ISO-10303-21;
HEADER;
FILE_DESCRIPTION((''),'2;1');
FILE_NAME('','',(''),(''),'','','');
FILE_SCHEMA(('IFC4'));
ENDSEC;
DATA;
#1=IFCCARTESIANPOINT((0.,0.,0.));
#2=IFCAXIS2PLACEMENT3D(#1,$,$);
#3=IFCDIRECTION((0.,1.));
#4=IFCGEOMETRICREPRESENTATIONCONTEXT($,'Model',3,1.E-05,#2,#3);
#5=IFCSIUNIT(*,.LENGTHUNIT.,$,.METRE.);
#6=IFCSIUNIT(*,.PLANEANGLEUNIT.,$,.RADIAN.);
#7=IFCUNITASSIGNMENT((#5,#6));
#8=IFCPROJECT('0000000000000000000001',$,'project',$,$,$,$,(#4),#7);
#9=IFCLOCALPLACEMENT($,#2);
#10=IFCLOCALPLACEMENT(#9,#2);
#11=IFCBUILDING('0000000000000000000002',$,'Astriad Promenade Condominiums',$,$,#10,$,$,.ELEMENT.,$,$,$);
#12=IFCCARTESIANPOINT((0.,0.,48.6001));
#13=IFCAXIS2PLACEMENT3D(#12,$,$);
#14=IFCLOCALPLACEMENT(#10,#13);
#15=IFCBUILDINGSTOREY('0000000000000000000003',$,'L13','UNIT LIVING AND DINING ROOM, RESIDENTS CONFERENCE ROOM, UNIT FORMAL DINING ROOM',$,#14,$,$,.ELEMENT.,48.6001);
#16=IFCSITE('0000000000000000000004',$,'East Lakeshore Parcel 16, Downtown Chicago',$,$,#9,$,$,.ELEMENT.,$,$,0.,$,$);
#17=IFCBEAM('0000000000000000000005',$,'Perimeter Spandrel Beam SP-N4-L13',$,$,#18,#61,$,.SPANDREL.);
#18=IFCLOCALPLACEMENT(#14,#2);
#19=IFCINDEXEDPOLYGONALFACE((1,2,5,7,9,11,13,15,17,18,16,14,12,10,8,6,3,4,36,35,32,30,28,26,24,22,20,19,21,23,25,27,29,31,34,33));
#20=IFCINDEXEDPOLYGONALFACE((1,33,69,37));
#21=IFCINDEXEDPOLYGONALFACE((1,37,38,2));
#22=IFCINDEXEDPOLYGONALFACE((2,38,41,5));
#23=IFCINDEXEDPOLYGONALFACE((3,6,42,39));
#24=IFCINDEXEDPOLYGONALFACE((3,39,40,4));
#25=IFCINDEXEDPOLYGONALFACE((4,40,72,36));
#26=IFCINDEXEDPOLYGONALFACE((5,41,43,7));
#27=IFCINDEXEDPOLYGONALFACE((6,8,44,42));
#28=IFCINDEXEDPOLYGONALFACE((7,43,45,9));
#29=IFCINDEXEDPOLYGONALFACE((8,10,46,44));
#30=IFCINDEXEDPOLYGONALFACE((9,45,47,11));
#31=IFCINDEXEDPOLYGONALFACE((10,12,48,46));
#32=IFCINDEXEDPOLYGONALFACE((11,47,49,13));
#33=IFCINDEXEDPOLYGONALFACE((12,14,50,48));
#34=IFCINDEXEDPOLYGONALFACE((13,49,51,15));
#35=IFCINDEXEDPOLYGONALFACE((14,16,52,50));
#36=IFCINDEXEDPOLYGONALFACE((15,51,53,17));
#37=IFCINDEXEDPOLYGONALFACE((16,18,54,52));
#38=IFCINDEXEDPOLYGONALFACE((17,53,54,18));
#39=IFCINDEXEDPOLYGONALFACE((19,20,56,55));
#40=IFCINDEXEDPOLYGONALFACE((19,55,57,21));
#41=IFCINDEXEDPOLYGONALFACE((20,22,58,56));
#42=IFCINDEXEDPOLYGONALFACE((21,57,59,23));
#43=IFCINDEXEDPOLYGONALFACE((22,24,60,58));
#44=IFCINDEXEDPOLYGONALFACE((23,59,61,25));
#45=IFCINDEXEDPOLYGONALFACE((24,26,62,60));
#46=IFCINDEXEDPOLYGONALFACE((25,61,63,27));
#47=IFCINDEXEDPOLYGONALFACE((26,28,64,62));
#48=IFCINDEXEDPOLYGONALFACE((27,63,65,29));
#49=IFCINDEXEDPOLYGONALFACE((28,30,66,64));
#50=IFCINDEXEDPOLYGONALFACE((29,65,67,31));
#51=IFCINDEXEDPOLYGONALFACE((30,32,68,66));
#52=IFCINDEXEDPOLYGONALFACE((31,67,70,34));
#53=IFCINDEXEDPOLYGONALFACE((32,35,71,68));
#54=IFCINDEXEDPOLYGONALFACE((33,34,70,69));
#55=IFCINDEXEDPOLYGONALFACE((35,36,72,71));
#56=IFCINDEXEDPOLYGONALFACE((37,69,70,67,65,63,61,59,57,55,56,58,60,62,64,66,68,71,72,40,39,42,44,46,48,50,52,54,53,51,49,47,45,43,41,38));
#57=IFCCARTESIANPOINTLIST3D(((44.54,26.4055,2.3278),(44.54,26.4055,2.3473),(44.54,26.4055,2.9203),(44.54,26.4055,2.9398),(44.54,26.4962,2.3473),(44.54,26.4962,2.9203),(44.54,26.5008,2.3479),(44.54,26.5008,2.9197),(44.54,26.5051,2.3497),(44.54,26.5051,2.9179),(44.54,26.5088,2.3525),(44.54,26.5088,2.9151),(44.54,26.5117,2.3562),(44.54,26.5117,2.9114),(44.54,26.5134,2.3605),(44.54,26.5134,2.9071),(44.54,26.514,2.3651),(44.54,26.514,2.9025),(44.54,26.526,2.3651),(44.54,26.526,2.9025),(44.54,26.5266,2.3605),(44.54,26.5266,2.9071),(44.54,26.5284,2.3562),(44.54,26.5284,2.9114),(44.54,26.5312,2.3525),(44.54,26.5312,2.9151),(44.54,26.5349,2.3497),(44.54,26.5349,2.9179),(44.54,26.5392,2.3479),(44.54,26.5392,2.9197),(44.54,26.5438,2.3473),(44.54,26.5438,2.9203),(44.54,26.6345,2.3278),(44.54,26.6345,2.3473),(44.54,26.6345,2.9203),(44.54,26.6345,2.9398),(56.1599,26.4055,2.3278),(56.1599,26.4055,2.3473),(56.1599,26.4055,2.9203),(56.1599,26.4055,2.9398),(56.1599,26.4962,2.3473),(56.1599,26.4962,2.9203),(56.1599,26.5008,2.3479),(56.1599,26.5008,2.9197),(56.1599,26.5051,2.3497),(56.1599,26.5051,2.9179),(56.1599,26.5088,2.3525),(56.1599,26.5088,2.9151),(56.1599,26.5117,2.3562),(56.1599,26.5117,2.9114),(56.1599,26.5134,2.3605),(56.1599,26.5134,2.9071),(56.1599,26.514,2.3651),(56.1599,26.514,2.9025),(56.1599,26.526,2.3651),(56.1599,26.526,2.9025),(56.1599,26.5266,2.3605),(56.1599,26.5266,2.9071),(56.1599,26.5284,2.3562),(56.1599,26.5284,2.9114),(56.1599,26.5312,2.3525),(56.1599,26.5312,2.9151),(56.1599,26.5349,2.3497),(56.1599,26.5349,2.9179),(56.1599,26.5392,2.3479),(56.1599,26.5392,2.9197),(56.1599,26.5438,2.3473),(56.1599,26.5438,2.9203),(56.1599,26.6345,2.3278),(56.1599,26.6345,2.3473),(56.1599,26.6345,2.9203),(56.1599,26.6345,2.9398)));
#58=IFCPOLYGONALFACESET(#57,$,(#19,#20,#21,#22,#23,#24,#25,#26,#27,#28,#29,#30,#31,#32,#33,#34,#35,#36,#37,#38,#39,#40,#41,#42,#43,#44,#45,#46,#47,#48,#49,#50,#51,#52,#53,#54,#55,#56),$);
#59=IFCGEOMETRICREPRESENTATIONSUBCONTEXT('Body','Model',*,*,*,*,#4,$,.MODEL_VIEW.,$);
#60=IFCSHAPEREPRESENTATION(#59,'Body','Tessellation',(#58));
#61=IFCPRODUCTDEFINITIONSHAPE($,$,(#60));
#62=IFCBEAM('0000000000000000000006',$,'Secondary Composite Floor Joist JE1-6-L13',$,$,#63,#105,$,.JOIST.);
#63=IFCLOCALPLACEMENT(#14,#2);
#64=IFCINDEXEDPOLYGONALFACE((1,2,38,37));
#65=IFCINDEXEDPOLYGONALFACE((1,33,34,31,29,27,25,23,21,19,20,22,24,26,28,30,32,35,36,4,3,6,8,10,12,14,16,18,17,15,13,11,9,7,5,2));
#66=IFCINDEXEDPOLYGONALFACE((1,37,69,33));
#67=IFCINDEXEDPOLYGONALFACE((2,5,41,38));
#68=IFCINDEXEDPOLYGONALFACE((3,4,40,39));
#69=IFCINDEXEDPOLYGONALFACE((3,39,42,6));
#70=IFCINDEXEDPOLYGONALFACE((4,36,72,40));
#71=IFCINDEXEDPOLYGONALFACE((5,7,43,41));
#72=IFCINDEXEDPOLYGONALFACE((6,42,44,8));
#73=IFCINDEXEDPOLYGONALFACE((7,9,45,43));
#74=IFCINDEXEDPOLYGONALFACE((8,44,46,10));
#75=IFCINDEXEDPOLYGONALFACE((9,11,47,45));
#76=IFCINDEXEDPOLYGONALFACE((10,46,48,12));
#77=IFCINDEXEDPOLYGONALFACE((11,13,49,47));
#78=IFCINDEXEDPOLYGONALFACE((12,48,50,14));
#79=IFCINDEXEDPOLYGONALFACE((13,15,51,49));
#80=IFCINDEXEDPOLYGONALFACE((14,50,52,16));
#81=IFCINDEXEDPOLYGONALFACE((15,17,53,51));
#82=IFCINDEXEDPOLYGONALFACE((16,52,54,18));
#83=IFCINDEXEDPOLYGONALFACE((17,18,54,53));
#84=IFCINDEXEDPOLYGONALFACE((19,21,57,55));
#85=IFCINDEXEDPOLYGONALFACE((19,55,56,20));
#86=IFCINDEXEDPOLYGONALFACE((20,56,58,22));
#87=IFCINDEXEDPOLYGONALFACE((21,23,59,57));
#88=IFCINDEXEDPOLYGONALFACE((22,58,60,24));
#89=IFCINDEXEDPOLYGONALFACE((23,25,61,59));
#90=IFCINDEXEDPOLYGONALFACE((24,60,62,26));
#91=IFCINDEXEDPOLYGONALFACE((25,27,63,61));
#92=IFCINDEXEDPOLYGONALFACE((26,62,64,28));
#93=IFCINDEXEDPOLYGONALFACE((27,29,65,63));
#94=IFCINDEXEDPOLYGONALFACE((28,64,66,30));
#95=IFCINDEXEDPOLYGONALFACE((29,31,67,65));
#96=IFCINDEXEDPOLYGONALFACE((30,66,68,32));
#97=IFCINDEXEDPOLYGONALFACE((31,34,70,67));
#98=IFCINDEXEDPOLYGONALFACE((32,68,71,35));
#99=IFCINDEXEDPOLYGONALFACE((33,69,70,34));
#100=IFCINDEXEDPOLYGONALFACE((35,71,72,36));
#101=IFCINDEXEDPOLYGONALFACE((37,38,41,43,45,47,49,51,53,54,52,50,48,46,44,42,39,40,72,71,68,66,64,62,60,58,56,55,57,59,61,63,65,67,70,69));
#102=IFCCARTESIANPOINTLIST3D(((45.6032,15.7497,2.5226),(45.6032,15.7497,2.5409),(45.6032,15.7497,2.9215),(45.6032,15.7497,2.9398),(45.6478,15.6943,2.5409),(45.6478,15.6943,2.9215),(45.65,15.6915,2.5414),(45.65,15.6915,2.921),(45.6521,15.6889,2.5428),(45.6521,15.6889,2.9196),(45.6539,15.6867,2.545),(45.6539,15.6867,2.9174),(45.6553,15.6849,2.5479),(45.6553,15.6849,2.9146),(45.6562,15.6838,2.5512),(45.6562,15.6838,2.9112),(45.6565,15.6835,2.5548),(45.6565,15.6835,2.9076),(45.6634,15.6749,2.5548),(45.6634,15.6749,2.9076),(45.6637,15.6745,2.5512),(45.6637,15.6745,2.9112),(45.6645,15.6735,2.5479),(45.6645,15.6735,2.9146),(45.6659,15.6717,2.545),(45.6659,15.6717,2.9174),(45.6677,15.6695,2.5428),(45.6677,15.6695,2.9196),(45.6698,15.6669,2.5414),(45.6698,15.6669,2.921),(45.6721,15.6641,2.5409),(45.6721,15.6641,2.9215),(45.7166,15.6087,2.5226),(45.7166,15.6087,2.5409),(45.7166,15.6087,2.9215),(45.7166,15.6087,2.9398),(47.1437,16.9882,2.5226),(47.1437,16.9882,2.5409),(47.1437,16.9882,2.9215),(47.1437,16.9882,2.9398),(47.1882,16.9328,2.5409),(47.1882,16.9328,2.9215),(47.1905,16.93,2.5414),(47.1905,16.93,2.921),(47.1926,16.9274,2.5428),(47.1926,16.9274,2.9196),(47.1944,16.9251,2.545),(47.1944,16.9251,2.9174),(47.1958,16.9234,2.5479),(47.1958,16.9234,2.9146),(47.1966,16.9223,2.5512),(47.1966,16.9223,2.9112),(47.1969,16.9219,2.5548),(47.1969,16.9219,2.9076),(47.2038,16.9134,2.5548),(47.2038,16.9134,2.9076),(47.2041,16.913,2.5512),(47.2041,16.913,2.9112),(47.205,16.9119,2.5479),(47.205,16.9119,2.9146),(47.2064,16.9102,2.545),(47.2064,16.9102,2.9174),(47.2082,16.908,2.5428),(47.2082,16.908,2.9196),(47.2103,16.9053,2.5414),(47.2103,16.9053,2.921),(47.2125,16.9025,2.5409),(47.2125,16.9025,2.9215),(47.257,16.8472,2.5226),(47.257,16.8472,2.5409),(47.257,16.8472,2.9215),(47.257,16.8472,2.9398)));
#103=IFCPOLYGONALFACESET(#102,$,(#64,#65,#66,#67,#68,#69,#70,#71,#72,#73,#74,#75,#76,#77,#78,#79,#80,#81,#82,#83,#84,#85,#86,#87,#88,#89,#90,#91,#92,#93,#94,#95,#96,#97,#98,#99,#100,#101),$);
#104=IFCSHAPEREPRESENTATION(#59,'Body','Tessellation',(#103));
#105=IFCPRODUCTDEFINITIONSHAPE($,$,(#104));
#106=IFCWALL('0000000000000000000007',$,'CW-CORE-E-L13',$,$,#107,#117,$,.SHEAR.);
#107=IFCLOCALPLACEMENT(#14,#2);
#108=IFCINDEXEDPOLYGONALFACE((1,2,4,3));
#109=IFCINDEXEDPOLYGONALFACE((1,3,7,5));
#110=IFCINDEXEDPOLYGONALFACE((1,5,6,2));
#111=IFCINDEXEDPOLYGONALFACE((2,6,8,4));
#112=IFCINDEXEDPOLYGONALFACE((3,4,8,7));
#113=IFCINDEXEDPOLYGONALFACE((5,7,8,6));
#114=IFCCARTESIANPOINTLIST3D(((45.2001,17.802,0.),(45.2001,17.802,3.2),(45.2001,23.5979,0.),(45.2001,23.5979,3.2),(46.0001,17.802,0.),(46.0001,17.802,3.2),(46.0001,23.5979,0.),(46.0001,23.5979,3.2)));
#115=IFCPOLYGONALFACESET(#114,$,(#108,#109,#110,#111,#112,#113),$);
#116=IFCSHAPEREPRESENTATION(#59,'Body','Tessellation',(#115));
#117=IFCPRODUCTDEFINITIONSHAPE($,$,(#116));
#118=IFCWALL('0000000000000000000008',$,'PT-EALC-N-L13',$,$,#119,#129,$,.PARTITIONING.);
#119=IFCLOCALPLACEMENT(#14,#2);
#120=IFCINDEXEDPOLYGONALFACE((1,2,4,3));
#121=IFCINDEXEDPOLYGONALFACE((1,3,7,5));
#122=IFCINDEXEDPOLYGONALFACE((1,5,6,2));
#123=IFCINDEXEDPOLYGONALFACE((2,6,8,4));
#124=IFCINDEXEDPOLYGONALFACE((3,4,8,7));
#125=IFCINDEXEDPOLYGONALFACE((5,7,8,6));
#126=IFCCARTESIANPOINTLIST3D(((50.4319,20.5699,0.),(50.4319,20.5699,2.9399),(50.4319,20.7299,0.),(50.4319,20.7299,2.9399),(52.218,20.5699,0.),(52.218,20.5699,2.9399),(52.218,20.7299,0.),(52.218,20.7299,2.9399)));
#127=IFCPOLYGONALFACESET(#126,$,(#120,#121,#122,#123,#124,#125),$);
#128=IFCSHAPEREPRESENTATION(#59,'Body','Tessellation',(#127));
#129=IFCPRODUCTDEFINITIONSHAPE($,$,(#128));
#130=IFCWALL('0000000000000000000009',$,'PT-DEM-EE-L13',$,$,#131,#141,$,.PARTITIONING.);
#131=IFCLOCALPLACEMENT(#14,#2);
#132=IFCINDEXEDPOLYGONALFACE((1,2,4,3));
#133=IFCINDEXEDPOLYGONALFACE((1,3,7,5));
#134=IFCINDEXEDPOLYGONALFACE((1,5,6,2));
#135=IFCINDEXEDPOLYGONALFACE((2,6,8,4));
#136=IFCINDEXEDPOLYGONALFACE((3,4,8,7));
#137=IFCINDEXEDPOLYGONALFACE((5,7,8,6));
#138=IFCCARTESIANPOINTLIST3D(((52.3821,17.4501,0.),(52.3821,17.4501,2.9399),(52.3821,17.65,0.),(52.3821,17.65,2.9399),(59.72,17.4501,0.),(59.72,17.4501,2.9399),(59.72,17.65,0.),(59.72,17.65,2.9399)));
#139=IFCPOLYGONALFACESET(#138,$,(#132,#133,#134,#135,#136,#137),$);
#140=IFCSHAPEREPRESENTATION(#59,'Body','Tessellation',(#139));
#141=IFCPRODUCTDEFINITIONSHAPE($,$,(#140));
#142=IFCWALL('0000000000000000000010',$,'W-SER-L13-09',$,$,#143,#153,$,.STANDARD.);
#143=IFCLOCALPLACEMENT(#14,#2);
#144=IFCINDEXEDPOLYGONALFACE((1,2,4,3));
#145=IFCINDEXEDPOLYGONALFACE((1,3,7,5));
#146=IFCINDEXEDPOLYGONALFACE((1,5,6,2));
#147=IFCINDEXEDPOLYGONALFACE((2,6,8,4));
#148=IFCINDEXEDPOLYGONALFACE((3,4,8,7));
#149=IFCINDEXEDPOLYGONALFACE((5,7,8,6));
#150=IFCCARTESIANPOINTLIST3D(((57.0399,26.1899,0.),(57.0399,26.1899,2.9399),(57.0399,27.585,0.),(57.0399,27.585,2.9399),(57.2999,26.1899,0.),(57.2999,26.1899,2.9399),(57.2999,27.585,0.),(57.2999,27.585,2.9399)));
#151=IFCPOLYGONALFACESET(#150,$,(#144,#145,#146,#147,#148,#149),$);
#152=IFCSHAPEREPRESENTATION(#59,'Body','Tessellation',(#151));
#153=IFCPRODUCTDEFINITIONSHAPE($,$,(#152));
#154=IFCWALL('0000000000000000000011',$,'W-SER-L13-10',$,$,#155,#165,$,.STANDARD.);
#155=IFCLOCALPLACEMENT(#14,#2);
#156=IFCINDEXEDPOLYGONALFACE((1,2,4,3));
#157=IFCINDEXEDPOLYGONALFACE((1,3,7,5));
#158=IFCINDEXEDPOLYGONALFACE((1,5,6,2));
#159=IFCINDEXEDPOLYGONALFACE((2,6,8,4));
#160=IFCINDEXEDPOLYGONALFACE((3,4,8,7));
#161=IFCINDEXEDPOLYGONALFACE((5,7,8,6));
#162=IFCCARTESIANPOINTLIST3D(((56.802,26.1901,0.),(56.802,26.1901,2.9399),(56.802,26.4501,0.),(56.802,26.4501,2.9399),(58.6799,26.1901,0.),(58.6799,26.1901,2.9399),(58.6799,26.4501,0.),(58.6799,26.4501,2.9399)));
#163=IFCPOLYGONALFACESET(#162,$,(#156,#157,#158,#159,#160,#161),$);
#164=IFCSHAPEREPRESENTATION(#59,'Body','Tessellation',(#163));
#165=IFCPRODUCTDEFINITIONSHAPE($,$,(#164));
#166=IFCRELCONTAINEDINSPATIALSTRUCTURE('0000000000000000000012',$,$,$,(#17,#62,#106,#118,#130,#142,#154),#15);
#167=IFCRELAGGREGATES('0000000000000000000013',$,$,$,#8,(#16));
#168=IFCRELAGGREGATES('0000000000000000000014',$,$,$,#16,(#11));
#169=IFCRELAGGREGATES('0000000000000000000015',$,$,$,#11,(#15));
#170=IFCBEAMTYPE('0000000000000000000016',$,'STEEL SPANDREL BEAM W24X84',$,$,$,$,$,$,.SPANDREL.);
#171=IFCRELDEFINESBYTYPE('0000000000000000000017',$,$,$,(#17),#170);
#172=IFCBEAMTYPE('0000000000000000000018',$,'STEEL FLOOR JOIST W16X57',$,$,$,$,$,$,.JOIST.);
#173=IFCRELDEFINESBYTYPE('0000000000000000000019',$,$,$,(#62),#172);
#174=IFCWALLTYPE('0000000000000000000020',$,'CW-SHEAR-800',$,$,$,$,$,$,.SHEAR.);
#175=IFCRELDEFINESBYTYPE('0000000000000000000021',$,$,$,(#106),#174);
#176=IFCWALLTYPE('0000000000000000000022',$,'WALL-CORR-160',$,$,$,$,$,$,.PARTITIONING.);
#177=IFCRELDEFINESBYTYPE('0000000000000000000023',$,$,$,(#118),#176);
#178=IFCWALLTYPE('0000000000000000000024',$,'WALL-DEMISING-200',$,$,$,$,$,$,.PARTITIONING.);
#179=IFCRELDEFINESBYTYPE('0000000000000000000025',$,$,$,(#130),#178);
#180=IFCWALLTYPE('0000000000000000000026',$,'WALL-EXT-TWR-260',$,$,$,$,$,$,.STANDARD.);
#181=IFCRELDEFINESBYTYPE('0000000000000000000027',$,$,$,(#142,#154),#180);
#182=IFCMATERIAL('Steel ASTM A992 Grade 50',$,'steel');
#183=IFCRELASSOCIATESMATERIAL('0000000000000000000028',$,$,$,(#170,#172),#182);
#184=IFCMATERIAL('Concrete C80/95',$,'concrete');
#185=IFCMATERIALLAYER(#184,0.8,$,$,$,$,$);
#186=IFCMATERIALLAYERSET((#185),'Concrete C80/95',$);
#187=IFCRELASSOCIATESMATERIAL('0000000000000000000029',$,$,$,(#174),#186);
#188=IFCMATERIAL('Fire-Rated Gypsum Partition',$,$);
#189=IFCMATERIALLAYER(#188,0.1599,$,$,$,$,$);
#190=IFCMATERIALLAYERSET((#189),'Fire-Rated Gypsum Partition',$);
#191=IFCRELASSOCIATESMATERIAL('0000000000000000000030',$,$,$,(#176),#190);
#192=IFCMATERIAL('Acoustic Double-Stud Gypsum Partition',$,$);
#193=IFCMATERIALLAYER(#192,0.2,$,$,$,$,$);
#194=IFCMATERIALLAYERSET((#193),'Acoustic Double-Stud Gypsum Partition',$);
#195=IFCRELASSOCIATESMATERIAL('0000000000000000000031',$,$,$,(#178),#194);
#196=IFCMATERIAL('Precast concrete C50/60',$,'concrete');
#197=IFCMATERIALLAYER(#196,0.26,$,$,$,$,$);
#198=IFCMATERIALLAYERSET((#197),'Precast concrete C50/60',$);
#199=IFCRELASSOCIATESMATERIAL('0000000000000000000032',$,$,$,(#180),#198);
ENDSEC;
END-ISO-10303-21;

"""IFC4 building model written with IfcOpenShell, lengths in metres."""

from ifc_helpers import new_model, si_unit, direction, frame, frame_2d, origin, origin_2d, place, context, subcontext, project, spatial, rectangle, i_section, extrude, source, transform, mapped, material, layer, layer_set, material_profile, profile_set, type_object, type_shapes, element, save


model = new_model("IFC4")

# Units and contexts
model_context = context("Model", 3, precision=1e-05, world=origin(), true_north=direction((0.0, 1.0)))
body_context = subcontext(model_context, "Body", "Model", "MODEL_VIEW")
ifc_project = project(units=[si_unit("LENGTHUNIT", "METRE"), si_unit("PLANEANGLEUNIT", "RADIAN")], contexts=[model_context])

# Site, building, storey
site_placement = place(None, origin())
site = spatial("IfcSite", under=ifc_project, at=site_placement, Name="East Lakeshore Parcel 16, Downtown Chicago", CompositionType="ELEMENT", RefElevation=0.0)
building_placement = place(site_placement, origin())
building = spatial("IfcBuilding", under=site, at=building_placement, Name="Astriad Promenade Condominiums", CompositionType="ELEMENT")
storey_placement = place(building_placement, frame((0.0, 0.0, 48.6001)))
storey = spatial("IfcBuildingStorey", under=building, at=storey_placement, Name="L13", Description="UNIT LIVING AND DINING ROOM, RESIDENTS CONFERENCE ROOM, UNIT FORMAL DINING ROOM", CompositionType="ELEMENT", Elevation=48.6001)

# Shared definitions
ifc_material_1 = material(Name="Steel ASTM A992 Grade 50", Category="steel")
ifc_material_2 = material(Name="Concrete C80/95", Category="concrete")

# Beams
ifc_material_profile_1 = material_profile(ifc_material_1, i_section(OverallWidth=0.229, OverallDepth=0.6121, WebThickness=0.012, FlangeThickness=0.0195, FilletRadius=0.0178, at=origin_2d()), Name="W24X84")
ifc_profile_set_1 = profile_set([ifc_material_profile_1], Name="Steel ASTM A992 Grade 50")
beam_type_1 = type_object("IfcBeamType", Name="STEEL SPANDREL BEAM W24X84", PredefinedType="SPANDREL", material=ifc_profile_set_1)
shared_shape_1 = source(origin(), body_context, "Body", "SweptSolid", [
    extrude(i_section(OverallWidth=0.229, OverallDepth=0.6121, WebThickness=0.012, FlangeThickness=0.0195, FilletRadius=0.0178, at=origin_2d()), origin(), (0.0, 0.0, 1.0), 11.6199),
])
type_shapes(beam_type_1, [shared_shape_1])
beam_1_placement = place(storey_placement, frame((56.1599, 26.52, 2.6338), z_axis=(-1.0, 0.0, 0.0), x_axis=(0.0, -1.0, 0.0)))
element("IfcBeam", 1, at=beam_1_placement, inside=storey, type_object=beam_type_1, Name="Perimeter Spandrel Beam SP-N4-L13", PredefinedType="SPANDREL", context=body_context, shape_type="MappedRepresentation", body=[
    mapped(shared_shape_1, transform((0.0, 0.0, 0.0), scale=1.0)),
])
ifc_material_profile_2 = material_profile(ifc_material_1, i_section(OverallWidth=0.1809, OverallDepth=0.4172, WebThickness=0.011, FlangeThickness=0.0183, FilletRadius=0.0139, at=origin_2d()), Name="W16X57")
ifc_profile_set_2 = profile_set([ifc_material_profile_2], Name="Steel ASTM A992 Grade 50")
beam_type_2 = type_object("IfcBeamType", Name="STEEL FLOOR JOIST W16X57", PredefinedType="JOIST", material=ifc_profile_set_2)
shared_shape_2 = source(origin(), body_context, "Body", "SweptSolid", [
    extrude(i_section(OverallWidth=0.1809, OverallDepth=0.4172, WebThickness=0.011, FlangeThickness=0.0183, FilletRadius=0.0139, at=origin_2d()), origin(), (0.0, 0.0, 1.0), 1.9766),
])
type_shapes(beam_type_2, [shared_shape_2])
beam_2_placement = place(storey_placement, frame((45.6599, 15.6792, 2.7312), z_axis=(0.77936, 0.626576, 0.0), x_axis=(-0.626576, 0.77936, 0.0)))
element("IfcBeam", 2, at=beam_2_placement, inside=storey, type_object=beam_type_2, Name="Secondary Composite Floor Joist JE1-6-L13", PredefinedType="JOIST", context=body_context, shape_type="MappedRepresentation", body=[
    mapped(shared_shape_2, transform((0.0, 0.0, 0.0), scale=1.0)),
])

# Walls
ifc_layer_1 = layer(ifc_material_2, 0.8)
ifc_layer_set_1 = layer_set([ifc_layer_1], Name="Concrete C80/95")
wall_type_1 = type_object("IfcWallType", Name="CW-SHEAR-800", PredefinedType="SHEAR", material=ifc_layer_set_1)
wall_1_placement = place(storey_placement, frame((45.6001, 17.802, 0.0), z_axis=(0.0, 0.0, 1.0), x_axis=(0.0, 1.0, 0.0)))
element("IfcWall", 3, at=wall_1_placement, inside=storey, type_object=wall_type_1, Name="CW-CORE-E-L13", PredefinedType="SHEAR", context=body_context, shape_type="SweptSolid", body=[
    extrude(rectangle(XDim=5.7959, YDim=0.8, at=frame_2d((2.8979, 0.0))), origin(), (0.0, 0.0, 1.0), 3.2),
])
ifc_material_3 = material(Name="Fire-Rated Gypsum Partition")
ifc_layer_2 = layer(ifc_material_3, 0.1599)
ifc_layer_set_2 = layer_set([ifc_layer_2], Name="Fire-Rated Gypsum Partition")
wall_type_2 = type_object("IfcWallType", Name="WALL-CORR-160", PredefinedType="PARTITIONING", material=ifc_layer_set_2)
wall_2_placement = place(storey_placement, frame((50.4319, 20.6499, 0.0), z_axis=(0.0, 0.0, 1.0), x_axis=(1.0, 0.0, 0.0)))
element("IfcWall", 4, at=wall_2_placement, inside=storey, type_object=wall_type_2, Name="PT-EALC-N-L13", PredefinedType="PARTITIONING", context=body_context, shape_type="SweptSolid", body=[
    extrude(rectangle(XDim=1.7861, YDim=0.1599, at=frame_2d((0.8931, 0.0))), origin(), (0.0, 0.0, 1.0), 2.9399),
])
ifc_material_4 = material(Name="Acoustic Double-Stud Gypsum Partition")
ifc_layer_3 = layer(ifc_material_4, 0.2)
ifc_layer_set_3 = layer_set([ifc_layer_3], Name="Acoustic Double-Stud Gypsum Partition")
wall_type_3 = type_object("IfcWallType", Name="WALL-DEMISING-200", PredefinedType="PARTITIONING", material=ifc_layer_set_3)
wall_3_placement = place(storey_placement, frame((52.3821, 17.55, 0.0), z_axis=(0.0, 0.0, 1.0), x_axis=(1.0, 0.0, 0.0)))
element("IfcWall", 5, at=wall_3_placement, inside=storey, type_object=wall_type_3, Name="PT-DEM-EE-L13", PredefinedType="PARTITIONING", context=body_context, shape_type="SweptSolid", body=[
    extrude(rectangle(XDim=7.3379, YDim=0.2, at=frame_2d((3.6689, 0.0))), origin(), (0.0, 0.0, 1.0), 2.9399),
])
ifc_material_5 = material(Name="Precast concrete C50/60", Category="concrete")
ifc_layer_4 = layer(ifc_material_5, 0.26)
ifc_layer_set_4 = layer_set([ifc_layer_4], Name="Precast concrete C50/60")
wall_type_4 = type_object("IfcWallType", Name="WALL-EXT-TWR-260", PredefinedType="STANDARD", material=ifc_layer_set_4)
wall_4_placement = place(storey_placement, frame((57.1699, 27.585, 0.0), z_axis=(0.0, 0.0, 1.0), x_axis=(0.0, -1.0, 0.0)))
element("IfcWall", 6, at=wall_4_placement, inside=storey, type_object=wall_type_4, Name="W-SER-L13-09", PredefinedType="STANDARD", context=body_context, shape_type="SweptSolid", body=[
    extrude(rectangle(XDim=1.395, YDim=0.26, at=frame_2d((0.6975, 0.0))), origin(), (0.0, 0.0, 1.0), 2.9399),
])
wall_5_placement = place(storey_placement, frame((56.802, 26.3201, 0.0), z_axis=(0.0, 0.0, 1.0), x_axis=(1.0, 0.0, 0.0)))
element("IfcWall", 7, at=wall_5_placement, inside=storey, type_object=wall_type_4, Name="W-SER-L13-10", PredefinedType="STANDARD", context=body_context, shape_type="SweptSolid", body=[
    extrude(rectangle(XDim=1.8779, YDim=0.26, at=frame_2d((0.939, 0.0))), origin(), (0.0, 0.0, 1.0), 2.9399),
])

save(model, "model.ifc")
